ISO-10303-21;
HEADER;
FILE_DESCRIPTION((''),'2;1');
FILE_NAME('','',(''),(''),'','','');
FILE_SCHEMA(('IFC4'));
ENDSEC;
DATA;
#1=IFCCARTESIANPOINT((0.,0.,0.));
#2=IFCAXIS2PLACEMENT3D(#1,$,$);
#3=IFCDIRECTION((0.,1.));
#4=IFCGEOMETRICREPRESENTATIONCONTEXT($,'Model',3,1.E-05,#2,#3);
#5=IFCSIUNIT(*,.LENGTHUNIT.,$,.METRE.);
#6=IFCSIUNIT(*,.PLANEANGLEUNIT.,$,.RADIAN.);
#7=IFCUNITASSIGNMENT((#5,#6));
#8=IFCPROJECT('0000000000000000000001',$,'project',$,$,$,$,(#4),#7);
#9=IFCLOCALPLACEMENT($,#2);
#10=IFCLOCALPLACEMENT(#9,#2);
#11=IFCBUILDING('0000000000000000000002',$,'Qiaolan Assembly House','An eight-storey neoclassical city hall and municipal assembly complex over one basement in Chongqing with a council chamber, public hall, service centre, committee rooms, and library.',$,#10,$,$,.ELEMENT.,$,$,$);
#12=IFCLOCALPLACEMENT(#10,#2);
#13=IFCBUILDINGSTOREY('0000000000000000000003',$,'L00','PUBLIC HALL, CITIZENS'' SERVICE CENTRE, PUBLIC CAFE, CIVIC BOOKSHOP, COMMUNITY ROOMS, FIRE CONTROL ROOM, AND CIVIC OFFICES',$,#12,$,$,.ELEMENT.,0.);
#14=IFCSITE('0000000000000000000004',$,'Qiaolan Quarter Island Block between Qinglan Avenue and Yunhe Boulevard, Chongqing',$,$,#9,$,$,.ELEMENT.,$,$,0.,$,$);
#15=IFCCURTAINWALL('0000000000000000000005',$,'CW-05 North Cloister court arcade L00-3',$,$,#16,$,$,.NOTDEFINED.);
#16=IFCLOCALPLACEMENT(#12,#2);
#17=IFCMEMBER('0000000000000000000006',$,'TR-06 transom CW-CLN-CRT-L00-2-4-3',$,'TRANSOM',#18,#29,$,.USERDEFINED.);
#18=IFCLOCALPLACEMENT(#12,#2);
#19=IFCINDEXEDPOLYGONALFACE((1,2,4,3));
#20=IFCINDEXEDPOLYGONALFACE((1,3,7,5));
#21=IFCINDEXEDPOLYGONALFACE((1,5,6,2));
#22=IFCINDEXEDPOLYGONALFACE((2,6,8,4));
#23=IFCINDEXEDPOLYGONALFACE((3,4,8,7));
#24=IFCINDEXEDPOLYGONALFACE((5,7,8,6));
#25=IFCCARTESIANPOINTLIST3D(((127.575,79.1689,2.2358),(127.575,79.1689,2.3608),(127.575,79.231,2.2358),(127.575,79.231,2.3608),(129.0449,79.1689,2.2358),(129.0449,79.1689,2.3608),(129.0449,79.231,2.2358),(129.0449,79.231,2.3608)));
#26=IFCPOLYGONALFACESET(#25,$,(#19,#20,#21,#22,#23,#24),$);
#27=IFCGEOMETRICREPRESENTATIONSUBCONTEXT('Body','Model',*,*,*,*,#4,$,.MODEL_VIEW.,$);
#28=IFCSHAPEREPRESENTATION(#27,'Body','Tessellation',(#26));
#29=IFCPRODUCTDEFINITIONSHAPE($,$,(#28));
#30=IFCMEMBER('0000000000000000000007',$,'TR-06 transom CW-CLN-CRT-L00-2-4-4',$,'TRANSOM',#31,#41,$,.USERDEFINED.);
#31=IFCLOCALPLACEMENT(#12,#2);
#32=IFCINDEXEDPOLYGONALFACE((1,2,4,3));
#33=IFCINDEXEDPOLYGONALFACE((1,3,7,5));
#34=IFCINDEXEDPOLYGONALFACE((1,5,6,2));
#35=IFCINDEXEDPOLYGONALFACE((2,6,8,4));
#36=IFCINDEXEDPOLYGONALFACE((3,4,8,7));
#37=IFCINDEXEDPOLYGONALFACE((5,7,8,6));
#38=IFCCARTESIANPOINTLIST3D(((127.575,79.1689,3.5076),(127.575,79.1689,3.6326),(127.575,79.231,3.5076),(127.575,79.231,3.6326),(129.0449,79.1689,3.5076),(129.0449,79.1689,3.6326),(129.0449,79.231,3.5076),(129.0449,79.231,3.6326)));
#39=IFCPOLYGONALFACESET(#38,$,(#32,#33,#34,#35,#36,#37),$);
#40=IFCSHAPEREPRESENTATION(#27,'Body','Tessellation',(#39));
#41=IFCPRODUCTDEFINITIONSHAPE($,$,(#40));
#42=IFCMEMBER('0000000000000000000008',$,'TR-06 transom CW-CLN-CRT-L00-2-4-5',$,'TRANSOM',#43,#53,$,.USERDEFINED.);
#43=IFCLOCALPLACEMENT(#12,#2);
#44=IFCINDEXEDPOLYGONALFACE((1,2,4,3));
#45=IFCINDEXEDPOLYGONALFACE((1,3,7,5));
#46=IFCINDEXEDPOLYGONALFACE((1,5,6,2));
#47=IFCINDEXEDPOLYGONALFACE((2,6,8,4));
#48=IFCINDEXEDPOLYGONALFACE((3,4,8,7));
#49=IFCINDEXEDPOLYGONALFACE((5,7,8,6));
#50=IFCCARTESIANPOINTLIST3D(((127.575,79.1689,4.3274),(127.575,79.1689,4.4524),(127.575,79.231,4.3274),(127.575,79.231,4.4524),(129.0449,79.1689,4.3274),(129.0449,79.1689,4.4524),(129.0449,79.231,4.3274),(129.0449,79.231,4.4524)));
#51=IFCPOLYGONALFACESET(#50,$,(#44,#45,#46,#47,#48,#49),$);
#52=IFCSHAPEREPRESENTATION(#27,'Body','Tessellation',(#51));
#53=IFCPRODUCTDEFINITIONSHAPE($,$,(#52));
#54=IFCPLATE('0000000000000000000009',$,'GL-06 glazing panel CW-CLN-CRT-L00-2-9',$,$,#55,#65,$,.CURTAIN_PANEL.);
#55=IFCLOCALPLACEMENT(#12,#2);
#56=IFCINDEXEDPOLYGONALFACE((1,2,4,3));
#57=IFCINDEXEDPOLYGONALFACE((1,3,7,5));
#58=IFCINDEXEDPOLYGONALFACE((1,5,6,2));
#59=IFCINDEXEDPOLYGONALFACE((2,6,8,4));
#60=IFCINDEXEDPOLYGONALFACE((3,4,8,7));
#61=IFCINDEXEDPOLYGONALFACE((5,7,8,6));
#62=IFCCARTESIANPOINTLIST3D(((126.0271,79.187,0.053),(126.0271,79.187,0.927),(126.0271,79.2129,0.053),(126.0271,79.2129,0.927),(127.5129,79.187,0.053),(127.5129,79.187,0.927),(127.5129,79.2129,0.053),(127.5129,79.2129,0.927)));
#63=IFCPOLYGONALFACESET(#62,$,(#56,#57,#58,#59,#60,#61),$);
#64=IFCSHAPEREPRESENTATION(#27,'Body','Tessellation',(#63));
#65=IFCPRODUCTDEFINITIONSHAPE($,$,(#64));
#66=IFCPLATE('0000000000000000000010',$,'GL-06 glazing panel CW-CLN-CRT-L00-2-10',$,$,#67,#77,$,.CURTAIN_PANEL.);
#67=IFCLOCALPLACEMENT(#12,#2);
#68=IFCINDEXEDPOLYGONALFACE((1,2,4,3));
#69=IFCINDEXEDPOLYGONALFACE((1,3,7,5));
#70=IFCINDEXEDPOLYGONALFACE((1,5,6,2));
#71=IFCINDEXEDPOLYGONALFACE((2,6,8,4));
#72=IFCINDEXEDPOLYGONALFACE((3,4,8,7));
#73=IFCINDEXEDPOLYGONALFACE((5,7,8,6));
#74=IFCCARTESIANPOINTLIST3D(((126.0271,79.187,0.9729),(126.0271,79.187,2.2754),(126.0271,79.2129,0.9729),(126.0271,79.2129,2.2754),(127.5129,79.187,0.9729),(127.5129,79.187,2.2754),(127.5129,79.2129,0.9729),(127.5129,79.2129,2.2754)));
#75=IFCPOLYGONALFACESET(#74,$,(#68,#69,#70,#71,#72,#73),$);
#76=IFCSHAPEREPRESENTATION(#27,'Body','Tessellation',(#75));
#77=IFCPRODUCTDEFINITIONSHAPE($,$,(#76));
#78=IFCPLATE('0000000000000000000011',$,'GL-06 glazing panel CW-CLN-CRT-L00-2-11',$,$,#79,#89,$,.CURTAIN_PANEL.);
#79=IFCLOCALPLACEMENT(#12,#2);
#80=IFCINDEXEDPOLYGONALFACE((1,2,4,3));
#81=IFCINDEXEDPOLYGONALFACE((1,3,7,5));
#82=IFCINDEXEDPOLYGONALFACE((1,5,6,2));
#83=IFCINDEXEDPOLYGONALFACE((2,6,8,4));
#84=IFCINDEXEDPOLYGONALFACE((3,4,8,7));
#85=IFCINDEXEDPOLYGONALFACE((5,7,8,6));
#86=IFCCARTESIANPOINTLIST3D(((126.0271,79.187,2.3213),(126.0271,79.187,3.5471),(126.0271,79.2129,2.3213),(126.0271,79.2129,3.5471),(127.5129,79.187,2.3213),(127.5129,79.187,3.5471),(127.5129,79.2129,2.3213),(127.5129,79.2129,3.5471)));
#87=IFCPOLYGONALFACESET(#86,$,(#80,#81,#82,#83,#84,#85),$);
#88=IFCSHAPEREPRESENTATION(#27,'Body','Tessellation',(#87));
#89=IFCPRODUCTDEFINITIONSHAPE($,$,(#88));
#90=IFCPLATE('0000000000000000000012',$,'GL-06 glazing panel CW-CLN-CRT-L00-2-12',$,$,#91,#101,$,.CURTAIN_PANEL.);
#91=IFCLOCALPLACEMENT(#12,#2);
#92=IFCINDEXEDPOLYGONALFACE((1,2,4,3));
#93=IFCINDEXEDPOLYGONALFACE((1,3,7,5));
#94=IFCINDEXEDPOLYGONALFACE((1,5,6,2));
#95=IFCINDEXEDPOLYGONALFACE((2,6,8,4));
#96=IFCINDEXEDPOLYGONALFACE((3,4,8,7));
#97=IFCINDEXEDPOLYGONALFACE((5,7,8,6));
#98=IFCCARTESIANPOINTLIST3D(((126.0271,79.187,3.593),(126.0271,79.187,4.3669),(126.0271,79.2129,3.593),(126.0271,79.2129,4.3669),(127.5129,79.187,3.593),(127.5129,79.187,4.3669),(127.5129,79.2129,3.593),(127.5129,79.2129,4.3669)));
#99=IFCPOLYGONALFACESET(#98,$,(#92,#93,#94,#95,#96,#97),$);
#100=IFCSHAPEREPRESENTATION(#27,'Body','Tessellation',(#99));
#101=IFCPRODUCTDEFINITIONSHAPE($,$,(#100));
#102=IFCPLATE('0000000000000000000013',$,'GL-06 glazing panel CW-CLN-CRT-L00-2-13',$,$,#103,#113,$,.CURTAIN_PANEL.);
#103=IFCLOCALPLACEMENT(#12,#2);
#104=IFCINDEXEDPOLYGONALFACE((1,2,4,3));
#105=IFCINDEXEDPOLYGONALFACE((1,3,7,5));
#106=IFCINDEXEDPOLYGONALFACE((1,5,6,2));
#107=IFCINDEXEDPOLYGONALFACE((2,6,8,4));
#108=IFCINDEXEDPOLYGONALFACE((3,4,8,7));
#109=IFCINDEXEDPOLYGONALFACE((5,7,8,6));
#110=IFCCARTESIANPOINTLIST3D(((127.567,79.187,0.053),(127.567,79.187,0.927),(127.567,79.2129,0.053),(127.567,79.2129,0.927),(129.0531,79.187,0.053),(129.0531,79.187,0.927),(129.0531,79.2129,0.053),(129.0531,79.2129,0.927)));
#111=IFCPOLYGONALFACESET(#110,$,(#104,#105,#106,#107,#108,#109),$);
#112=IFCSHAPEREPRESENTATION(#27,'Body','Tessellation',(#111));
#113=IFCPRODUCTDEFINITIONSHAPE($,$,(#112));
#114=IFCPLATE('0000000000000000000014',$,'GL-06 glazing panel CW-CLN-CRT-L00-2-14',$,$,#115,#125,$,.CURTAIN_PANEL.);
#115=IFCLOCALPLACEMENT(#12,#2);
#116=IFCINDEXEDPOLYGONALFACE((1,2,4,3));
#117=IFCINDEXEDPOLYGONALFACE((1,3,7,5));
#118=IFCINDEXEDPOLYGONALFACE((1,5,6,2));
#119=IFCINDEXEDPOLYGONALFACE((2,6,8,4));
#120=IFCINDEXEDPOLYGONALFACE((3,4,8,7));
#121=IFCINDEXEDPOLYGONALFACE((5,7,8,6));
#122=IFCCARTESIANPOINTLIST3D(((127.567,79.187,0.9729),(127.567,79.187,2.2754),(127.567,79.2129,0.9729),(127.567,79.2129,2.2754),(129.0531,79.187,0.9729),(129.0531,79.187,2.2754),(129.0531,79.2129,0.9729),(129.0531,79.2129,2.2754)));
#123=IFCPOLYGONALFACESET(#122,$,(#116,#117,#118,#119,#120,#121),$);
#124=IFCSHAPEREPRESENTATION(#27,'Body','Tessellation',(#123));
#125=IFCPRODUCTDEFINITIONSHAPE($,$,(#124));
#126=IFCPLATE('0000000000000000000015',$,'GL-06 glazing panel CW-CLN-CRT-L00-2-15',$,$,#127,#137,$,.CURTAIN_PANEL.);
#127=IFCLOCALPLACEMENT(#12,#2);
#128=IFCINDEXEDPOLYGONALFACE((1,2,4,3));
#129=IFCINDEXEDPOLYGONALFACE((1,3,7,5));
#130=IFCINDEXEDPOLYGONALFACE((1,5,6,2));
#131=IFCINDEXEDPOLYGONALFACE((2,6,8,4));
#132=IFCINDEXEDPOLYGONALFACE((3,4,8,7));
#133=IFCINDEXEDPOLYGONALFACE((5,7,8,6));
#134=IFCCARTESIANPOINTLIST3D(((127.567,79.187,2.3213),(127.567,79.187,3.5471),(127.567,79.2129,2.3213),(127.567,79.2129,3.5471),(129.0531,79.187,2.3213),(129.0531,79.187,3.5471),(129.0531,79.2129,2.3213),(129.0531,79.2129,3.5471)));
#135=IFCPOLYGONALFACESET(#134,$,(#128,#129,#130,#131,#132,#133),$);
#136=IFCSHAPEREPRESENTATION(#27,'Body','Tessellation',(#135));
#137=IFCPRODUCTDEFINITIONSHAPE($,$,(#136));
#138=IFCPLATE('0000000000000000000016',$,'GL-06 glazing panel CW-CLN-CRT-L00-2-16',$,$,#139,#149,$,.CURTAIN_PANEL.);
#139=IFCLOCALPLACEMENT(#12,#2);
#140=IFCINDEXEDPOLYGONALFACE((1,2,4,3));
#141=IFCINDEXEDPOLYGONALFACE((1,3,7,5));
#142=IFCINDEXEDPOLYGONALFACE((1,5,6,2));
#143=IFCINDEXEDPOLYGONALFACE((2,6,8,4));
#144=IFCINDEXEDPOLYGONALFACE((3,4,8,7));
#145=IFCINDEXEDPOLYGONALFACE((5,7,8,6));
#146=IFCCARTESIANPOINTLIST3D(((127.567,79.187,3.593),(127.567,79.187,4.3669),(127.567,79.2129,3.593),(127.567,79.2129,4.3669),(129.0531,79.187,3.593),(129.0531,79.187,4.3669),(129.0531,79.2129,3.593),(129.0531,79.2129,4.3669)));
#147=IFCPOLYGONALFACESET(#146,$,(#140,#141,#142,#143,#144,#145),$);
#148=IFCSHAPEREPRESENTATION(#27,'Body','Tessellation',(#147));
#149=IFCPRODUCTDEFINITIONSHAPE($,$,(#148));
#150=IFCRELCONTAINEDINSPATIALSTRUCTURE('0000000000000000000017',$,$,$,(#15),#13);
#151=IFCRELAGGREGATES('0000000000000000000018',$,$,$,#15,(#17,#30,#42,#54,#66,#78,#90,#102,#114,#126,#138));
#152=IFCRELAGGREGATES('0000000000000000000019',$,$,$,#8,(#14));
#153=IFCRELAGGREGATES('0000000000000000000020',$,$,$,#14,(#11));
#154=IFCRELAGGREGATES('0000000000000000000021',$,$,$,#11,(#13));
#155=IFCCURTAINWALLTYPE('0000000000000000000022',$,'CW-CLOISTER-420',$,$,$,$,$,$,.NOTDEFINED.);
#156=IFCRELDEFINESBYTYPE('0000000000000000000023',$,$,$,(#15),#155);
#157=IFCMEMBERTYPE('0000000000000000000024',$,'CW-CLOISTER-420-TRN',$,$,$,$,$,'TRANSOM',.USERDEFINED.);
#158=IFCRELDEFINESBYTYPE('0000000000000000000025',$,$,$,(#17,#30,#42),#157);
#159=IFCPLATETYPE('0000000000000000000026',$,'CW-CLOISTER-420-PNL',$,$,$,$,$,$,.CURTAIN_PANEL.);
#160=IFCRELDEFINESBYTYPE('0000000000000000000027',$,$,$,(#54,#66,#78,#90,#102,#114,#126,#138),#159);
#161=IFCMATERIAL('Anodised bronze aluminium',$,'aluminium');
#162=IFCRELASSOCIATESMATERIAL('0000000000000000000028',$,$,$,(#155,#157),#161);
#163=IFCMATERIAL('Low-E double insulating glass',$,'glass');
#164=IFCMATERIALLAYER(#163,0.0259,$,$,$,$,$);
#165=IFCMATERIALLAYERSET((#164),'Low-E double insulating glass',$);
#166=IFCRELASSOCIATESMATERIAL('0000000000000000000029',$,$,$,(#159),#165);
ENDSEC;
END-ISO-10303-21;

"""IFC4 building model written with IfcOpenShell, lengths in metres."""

from ifc_helpers import new_model, si_unit, direction, frame, frame_2d, origin, origin_2d, place, context, subcontext, project, spatial, rectangle, extrude, material, layer, layer_set, material_profile, profile_set, type_object, element, aggregate, save


model = new_model("IFC4")

# Units and contexts
model_context = context("Model", 3, precision=1e-05, world=origin(), true_north=direction((0.0, 1.0)))
body_context = subcontext(model_context, "Body", "Model", "MODEL_VIEW")
ifc_project = project(units=[si_unit("LENGTHUNIT", "METRE"), si_unit("PLANEANGLEUNIT", "RADIAN")], contexts=[model_context])

# Site, building, storey
site_placement = place(None, origin())
site = spatial("IfcSite", under=ifc_project, at=site_placement, Name="Qiaolan Quarter Island Block between Qinglan Avenue and Yunhe Boulevard, Chongqing", CompositionType="ELEMENT", RefElevation=0.0)
building_placement = place(site_placement, origin())
building = spatial("IfcBuilding", under=site, at=building_placement, Name="Qiaolan Assembly House", Description="An eight-storey neoclassical city hall and municipal assembly complex over one basement in Chongqing with a council chamber, public hall, service centre, committee rooms, and library.", CompositionType="ELEMENT")
storey_placement = place(building_placement, origin())
storey = spatial("IfcBuildingStorey", under=building, at=storey_placement, Name="L00", Description="PUBLIC HALL, CITIZENS' SERVICE CENTRE, PUBLIC CAFE, CIVIC BOOKSHOP, COMMUNITY ROOMS, FIRE CONTROL ROOM, AND CIVIC OFFICES", CompositionType="ELEMENT", Elevation=0.0)

# Curtain wall, members, plates
ifc_material_1 = material(Name="Anodised bronze aluminium", Category="aluminium")
curtain_wall_type = type_object("IfcCurtainWallType", Name="CW-CLOISTER-420", PredefinedType="NOTDEFINED", material=ifc_material_1)
curtain_wall_placement = place(storey_placement, origin())
curtain_wall = element("IfcCurtainWall", 1, at=curtain_wall_placement, inside=storey, type_object=curtain_wall_type, Name="CW-05 North Cloister court arcade L00-3", PredefinedType="NOTDEFINED")
ifc_material_profile_1 = material_profile(ifc_material_1, rectangle(XDim=0.062, YDim=0.125, at=origin_2d()), Name="TRN 62x125")
ifc_profile_set_1 = profile_set([ifc_material_profile_1], Name="Anodised bronze aluminium")
member_type_1 = type_object("IfcMemberType", Name="CW-CLOISTER-420-TRN", ElementType="TRANSOM", PredefinedType="USERDEFINED", material=ifc_profile_set_1)
member_1_placement = place(storey_placement, frame((127.575, 79.2, 2.2983), z_axis=(1.0, 0.0, 0.0), x_axis=(0.0, 1.0, 0.0)))
member_1 = element("IfcMember", 2, at=member_1_placement, type_object=member_type_1, Name="TR-06 transom CW-CLN-CRT-L00-2-4-3", ObjectType="TRANSOM", PredefinedType="USERDEFINED", context=body_context, shape_type="SweptSolid", body=[
    extrude(rectangle(XDim=0.062, YDim=0.125, at=origin_2d()), origin(), (0.0, 0.0, 1.0), 1.47),
])
member_2_placement = place(storey_placement, frame((127.575, 79.2, 3.5701), z_axis=(1.0, 0.0, 0.0), x_axis=(0.0, 1.0, 0.0)))
member_2 = element("IfcMember", 3, at=member_2_placement, type_object=member_type_1, Name="TR-06 transom CW-CLN-CRT-L00-2-4-4", ObjectType="TRANSOM", PredefinedType="USERDEFINED", context=body_context, shape_type="SweptSolid", body=[
    extrude(rectangle(XDim=0.062, YDim=0.125, at=origin_2d()), origin(), (0.0, 0.0, 1.0), 1.47),
])
member_3_placement = place(storey_placement, frame((127.575, 79.2, 4.3899), z_axis=(1.0, 0.0, 0.0), x_axis=(0.0, 1.0, 0.0)))
member_3 = element("IfcMember", 4, at=member_3_placement, type_object=member_type_1, Name="TR-06 transom CW-CLN-CRT-L00-2-4-5", ObjectType="TRANSOM", PredefinedType="USERDEFINED", context=body_context, shape_type="SweptSolid", body=[
    extrude(rectangle(XDim=0.062, YDim=0.125, at=origin_2d()), origin(), (0.0, 0.0, 1.0), 1.47),
])
ifc_material_2 = material(Name="Low-E double insulating glass", Category="glass")
ifc_layer = layer(ifc_material_2, 0.0259)
ifc_layer_set = layer_set([ifc_layer], Name="Low-E double insulating glass")
plate_type = type_object("IfcPlateType", Name="CW-CLOISTER-420-PNL", PredefinedType="CURTAIN_PANEL", material=ifc_layer_set)
plate_1_placement = place(storey_placement, frame((126.0271, 79.2, 0.053), z_axis=(0.0, 0.0, 1.0), x_axis=(1.0, 0.0, 0.0)))
plate_1 = element("IfcPlate", 5, at=plate_1_placement, type_object=plate_type, Name="GL-06 glazing panel CW-CLN-CRT-L00-2-9", PredefinedType="CURTAIN_PANEL", context=body_context, shape_type="SweptSolid", body=[
    extrude(rectangle(XDim=1.4858, YDim=0.0259, at=frame_2d((0.7429, 0.0))), origin(), (0.0, 0.0, 1.0), 0.874),
])
plate_2_placement = place(storey_placement, frame((126.0271, 79.2, 0.9729), z_axis=(0.0, 0.0, 1.0), x_axis=(1.0, 0.0, 0.0)))
plate_2 = element("IfcPlate", 6, at=plate_2_placement, type_object=plate_type, Name="GL-06 glazing panel CW-CLN-CRT-L00-2-10", PredefinedType="CURTAIN_PANEL", context=body_context, shape_type="SweptSolid", body=[
    extrude(rectangle(XDim=1.4858, YDim=0.0259, at=frame_2d((0.7429, 0.0))), origin(), (0.0, 0.0, 1.0), 1.3025),
])
plate_3_placement = place(storey_placement, frame((126.0271, 79.2, 2.3213), z_axis=(0.0, 0.0, 1.0), x_axis=(1.0, 0.0, 0.0)))
plate_3 = element("IfcPlate", 7, at=plate_3_placement, type_object=plate_type, Name="GL-06 glazing panel CW-CLN-CRT-L00-2-11", PredefinedType="CURTAIN_PANEL", context=body_context, shape_type="SweptSolid", body=[
    extrude(rectangle(XDim=1.4858, YDim=0.0259, at=frame_2d((0.7429, 0.0))), origin(), (0.0, 0.0, 1.0), 1.2258),
])
plate_4_placement = place(storey_placement, frame((126.0271, 79.2, 3.593), z_axis=(0.0, 0.0, 1.0), x_axis=(1.0, 0.0, 0.0)))
plate_4 = element("IfcPlate", 8, at=plate_4_placement, type_object=plate_type, Name="GL-06 glazing panel CW-CLN-CRT-L00-2-12", PredefinedType="CURTAIN_PANEL", context=body_context, shape_type="SweptSolid", body=[
    extrude(rectangle(XDim=1.4858, YDim=0.0259, at=frame_2d((0.7429, 0.0))), origin(), (0.0, 0.0, 1.0), 0.7739),
])
plate_5_placement = place(storey_placement, frame((127.5669, 79.2, 0.053), z_axis=(0.0, 0.0, 1.0), x_axis=(1.0, 0.0, 0.0)))
plate_5 = element("IfcPlate", 9, at=plate_5_placement, type_object=plate_type, Name="GL-06 glazing panel CW-CLN-CRT-L00-2-13", PredefinedType="CURTAIN_PANEL", context=body_context, shape_type="SweptSolid", body=[
    extrude(rectangle(XDim=1.4861, YDim=0.0259, at=frame_2d((0.7432, 0.0))), origin(), (0.0, 0.0, 1.0), 0.874),
])
plate_6_placement = place(storey_placement, frame((127.5669, 79.2, 0.9729), z_axis=(0.0, 0.0, 1.0), x_axis=(1.0, 0.0, 0.0)))
plate_6 = element("IfcPlate", 10, at=plate_6_placement, type_object=plate_type, Name="GL-06 glazing panel CW-CLN-CRT-L00-2-14", PredefinedType="CURTAIN_PANEL", context=body_context, shape_type="SweptSolid", body=[
    extrude(rectangle(XDim=1.4861, YDim=0.0259, at=frame_2d((0.7432, 0.0))), origin(), (0.0, 0.0, 1.0), 1.3025),
])
plate_7_placement = place(storey_placement, frame((127.5669, 79.2, 2.3213), z_axis=(0.0, 0.0, 1.0), x_axis=(1.0, 0.0, 0.0)))
plate_7 = element("IfcPlate", 11, at=plate_7_placement, type_object=plate_type, Name="GL-06 glazing panel CW-CLN-CRT-L00-2-15", PredefinedType="CURTAIN_PANEL", context=body_context, shape_type="SweptSolid", body=[
    extrude(rectangle(XDim=1.4861, YDim=0.0259, at=frame_2d((0.7432, 0.0))), origin(), (0.0, 0.0, 1.0), 1.2258),
])
plate_8_placement = place(storey_placement, frame((127.5669, 79.2, 3.593), z_axis=(0.0, 0.0, 1.0), x_axis=(1.0, 0.0, 0.0)))
plate_8 = element("IfcPlate", 12, at=plate_8_placement, type_object=plate_type, Name="GL-06 glazing panel CW-CLN-CRT-L00-2-16", PredefinedType="CURTAIN_PANEL", context=body_context, shape_type="SweptSolid", body=[
    extrude(rectangle(XDim=1.4861, YDim=0.0259, at=frame_2d((0.7432, 0.0))), origin(), (0.0, 0.0, 1.0), 0.7739),
])
aggregate(curtain_wall, [member_1, member_2, member_3, plate_1, plate_2, plate_3, plate_4, plate_5, plate_6, plate_7, plate_8])

save(model, "model.ifc")
